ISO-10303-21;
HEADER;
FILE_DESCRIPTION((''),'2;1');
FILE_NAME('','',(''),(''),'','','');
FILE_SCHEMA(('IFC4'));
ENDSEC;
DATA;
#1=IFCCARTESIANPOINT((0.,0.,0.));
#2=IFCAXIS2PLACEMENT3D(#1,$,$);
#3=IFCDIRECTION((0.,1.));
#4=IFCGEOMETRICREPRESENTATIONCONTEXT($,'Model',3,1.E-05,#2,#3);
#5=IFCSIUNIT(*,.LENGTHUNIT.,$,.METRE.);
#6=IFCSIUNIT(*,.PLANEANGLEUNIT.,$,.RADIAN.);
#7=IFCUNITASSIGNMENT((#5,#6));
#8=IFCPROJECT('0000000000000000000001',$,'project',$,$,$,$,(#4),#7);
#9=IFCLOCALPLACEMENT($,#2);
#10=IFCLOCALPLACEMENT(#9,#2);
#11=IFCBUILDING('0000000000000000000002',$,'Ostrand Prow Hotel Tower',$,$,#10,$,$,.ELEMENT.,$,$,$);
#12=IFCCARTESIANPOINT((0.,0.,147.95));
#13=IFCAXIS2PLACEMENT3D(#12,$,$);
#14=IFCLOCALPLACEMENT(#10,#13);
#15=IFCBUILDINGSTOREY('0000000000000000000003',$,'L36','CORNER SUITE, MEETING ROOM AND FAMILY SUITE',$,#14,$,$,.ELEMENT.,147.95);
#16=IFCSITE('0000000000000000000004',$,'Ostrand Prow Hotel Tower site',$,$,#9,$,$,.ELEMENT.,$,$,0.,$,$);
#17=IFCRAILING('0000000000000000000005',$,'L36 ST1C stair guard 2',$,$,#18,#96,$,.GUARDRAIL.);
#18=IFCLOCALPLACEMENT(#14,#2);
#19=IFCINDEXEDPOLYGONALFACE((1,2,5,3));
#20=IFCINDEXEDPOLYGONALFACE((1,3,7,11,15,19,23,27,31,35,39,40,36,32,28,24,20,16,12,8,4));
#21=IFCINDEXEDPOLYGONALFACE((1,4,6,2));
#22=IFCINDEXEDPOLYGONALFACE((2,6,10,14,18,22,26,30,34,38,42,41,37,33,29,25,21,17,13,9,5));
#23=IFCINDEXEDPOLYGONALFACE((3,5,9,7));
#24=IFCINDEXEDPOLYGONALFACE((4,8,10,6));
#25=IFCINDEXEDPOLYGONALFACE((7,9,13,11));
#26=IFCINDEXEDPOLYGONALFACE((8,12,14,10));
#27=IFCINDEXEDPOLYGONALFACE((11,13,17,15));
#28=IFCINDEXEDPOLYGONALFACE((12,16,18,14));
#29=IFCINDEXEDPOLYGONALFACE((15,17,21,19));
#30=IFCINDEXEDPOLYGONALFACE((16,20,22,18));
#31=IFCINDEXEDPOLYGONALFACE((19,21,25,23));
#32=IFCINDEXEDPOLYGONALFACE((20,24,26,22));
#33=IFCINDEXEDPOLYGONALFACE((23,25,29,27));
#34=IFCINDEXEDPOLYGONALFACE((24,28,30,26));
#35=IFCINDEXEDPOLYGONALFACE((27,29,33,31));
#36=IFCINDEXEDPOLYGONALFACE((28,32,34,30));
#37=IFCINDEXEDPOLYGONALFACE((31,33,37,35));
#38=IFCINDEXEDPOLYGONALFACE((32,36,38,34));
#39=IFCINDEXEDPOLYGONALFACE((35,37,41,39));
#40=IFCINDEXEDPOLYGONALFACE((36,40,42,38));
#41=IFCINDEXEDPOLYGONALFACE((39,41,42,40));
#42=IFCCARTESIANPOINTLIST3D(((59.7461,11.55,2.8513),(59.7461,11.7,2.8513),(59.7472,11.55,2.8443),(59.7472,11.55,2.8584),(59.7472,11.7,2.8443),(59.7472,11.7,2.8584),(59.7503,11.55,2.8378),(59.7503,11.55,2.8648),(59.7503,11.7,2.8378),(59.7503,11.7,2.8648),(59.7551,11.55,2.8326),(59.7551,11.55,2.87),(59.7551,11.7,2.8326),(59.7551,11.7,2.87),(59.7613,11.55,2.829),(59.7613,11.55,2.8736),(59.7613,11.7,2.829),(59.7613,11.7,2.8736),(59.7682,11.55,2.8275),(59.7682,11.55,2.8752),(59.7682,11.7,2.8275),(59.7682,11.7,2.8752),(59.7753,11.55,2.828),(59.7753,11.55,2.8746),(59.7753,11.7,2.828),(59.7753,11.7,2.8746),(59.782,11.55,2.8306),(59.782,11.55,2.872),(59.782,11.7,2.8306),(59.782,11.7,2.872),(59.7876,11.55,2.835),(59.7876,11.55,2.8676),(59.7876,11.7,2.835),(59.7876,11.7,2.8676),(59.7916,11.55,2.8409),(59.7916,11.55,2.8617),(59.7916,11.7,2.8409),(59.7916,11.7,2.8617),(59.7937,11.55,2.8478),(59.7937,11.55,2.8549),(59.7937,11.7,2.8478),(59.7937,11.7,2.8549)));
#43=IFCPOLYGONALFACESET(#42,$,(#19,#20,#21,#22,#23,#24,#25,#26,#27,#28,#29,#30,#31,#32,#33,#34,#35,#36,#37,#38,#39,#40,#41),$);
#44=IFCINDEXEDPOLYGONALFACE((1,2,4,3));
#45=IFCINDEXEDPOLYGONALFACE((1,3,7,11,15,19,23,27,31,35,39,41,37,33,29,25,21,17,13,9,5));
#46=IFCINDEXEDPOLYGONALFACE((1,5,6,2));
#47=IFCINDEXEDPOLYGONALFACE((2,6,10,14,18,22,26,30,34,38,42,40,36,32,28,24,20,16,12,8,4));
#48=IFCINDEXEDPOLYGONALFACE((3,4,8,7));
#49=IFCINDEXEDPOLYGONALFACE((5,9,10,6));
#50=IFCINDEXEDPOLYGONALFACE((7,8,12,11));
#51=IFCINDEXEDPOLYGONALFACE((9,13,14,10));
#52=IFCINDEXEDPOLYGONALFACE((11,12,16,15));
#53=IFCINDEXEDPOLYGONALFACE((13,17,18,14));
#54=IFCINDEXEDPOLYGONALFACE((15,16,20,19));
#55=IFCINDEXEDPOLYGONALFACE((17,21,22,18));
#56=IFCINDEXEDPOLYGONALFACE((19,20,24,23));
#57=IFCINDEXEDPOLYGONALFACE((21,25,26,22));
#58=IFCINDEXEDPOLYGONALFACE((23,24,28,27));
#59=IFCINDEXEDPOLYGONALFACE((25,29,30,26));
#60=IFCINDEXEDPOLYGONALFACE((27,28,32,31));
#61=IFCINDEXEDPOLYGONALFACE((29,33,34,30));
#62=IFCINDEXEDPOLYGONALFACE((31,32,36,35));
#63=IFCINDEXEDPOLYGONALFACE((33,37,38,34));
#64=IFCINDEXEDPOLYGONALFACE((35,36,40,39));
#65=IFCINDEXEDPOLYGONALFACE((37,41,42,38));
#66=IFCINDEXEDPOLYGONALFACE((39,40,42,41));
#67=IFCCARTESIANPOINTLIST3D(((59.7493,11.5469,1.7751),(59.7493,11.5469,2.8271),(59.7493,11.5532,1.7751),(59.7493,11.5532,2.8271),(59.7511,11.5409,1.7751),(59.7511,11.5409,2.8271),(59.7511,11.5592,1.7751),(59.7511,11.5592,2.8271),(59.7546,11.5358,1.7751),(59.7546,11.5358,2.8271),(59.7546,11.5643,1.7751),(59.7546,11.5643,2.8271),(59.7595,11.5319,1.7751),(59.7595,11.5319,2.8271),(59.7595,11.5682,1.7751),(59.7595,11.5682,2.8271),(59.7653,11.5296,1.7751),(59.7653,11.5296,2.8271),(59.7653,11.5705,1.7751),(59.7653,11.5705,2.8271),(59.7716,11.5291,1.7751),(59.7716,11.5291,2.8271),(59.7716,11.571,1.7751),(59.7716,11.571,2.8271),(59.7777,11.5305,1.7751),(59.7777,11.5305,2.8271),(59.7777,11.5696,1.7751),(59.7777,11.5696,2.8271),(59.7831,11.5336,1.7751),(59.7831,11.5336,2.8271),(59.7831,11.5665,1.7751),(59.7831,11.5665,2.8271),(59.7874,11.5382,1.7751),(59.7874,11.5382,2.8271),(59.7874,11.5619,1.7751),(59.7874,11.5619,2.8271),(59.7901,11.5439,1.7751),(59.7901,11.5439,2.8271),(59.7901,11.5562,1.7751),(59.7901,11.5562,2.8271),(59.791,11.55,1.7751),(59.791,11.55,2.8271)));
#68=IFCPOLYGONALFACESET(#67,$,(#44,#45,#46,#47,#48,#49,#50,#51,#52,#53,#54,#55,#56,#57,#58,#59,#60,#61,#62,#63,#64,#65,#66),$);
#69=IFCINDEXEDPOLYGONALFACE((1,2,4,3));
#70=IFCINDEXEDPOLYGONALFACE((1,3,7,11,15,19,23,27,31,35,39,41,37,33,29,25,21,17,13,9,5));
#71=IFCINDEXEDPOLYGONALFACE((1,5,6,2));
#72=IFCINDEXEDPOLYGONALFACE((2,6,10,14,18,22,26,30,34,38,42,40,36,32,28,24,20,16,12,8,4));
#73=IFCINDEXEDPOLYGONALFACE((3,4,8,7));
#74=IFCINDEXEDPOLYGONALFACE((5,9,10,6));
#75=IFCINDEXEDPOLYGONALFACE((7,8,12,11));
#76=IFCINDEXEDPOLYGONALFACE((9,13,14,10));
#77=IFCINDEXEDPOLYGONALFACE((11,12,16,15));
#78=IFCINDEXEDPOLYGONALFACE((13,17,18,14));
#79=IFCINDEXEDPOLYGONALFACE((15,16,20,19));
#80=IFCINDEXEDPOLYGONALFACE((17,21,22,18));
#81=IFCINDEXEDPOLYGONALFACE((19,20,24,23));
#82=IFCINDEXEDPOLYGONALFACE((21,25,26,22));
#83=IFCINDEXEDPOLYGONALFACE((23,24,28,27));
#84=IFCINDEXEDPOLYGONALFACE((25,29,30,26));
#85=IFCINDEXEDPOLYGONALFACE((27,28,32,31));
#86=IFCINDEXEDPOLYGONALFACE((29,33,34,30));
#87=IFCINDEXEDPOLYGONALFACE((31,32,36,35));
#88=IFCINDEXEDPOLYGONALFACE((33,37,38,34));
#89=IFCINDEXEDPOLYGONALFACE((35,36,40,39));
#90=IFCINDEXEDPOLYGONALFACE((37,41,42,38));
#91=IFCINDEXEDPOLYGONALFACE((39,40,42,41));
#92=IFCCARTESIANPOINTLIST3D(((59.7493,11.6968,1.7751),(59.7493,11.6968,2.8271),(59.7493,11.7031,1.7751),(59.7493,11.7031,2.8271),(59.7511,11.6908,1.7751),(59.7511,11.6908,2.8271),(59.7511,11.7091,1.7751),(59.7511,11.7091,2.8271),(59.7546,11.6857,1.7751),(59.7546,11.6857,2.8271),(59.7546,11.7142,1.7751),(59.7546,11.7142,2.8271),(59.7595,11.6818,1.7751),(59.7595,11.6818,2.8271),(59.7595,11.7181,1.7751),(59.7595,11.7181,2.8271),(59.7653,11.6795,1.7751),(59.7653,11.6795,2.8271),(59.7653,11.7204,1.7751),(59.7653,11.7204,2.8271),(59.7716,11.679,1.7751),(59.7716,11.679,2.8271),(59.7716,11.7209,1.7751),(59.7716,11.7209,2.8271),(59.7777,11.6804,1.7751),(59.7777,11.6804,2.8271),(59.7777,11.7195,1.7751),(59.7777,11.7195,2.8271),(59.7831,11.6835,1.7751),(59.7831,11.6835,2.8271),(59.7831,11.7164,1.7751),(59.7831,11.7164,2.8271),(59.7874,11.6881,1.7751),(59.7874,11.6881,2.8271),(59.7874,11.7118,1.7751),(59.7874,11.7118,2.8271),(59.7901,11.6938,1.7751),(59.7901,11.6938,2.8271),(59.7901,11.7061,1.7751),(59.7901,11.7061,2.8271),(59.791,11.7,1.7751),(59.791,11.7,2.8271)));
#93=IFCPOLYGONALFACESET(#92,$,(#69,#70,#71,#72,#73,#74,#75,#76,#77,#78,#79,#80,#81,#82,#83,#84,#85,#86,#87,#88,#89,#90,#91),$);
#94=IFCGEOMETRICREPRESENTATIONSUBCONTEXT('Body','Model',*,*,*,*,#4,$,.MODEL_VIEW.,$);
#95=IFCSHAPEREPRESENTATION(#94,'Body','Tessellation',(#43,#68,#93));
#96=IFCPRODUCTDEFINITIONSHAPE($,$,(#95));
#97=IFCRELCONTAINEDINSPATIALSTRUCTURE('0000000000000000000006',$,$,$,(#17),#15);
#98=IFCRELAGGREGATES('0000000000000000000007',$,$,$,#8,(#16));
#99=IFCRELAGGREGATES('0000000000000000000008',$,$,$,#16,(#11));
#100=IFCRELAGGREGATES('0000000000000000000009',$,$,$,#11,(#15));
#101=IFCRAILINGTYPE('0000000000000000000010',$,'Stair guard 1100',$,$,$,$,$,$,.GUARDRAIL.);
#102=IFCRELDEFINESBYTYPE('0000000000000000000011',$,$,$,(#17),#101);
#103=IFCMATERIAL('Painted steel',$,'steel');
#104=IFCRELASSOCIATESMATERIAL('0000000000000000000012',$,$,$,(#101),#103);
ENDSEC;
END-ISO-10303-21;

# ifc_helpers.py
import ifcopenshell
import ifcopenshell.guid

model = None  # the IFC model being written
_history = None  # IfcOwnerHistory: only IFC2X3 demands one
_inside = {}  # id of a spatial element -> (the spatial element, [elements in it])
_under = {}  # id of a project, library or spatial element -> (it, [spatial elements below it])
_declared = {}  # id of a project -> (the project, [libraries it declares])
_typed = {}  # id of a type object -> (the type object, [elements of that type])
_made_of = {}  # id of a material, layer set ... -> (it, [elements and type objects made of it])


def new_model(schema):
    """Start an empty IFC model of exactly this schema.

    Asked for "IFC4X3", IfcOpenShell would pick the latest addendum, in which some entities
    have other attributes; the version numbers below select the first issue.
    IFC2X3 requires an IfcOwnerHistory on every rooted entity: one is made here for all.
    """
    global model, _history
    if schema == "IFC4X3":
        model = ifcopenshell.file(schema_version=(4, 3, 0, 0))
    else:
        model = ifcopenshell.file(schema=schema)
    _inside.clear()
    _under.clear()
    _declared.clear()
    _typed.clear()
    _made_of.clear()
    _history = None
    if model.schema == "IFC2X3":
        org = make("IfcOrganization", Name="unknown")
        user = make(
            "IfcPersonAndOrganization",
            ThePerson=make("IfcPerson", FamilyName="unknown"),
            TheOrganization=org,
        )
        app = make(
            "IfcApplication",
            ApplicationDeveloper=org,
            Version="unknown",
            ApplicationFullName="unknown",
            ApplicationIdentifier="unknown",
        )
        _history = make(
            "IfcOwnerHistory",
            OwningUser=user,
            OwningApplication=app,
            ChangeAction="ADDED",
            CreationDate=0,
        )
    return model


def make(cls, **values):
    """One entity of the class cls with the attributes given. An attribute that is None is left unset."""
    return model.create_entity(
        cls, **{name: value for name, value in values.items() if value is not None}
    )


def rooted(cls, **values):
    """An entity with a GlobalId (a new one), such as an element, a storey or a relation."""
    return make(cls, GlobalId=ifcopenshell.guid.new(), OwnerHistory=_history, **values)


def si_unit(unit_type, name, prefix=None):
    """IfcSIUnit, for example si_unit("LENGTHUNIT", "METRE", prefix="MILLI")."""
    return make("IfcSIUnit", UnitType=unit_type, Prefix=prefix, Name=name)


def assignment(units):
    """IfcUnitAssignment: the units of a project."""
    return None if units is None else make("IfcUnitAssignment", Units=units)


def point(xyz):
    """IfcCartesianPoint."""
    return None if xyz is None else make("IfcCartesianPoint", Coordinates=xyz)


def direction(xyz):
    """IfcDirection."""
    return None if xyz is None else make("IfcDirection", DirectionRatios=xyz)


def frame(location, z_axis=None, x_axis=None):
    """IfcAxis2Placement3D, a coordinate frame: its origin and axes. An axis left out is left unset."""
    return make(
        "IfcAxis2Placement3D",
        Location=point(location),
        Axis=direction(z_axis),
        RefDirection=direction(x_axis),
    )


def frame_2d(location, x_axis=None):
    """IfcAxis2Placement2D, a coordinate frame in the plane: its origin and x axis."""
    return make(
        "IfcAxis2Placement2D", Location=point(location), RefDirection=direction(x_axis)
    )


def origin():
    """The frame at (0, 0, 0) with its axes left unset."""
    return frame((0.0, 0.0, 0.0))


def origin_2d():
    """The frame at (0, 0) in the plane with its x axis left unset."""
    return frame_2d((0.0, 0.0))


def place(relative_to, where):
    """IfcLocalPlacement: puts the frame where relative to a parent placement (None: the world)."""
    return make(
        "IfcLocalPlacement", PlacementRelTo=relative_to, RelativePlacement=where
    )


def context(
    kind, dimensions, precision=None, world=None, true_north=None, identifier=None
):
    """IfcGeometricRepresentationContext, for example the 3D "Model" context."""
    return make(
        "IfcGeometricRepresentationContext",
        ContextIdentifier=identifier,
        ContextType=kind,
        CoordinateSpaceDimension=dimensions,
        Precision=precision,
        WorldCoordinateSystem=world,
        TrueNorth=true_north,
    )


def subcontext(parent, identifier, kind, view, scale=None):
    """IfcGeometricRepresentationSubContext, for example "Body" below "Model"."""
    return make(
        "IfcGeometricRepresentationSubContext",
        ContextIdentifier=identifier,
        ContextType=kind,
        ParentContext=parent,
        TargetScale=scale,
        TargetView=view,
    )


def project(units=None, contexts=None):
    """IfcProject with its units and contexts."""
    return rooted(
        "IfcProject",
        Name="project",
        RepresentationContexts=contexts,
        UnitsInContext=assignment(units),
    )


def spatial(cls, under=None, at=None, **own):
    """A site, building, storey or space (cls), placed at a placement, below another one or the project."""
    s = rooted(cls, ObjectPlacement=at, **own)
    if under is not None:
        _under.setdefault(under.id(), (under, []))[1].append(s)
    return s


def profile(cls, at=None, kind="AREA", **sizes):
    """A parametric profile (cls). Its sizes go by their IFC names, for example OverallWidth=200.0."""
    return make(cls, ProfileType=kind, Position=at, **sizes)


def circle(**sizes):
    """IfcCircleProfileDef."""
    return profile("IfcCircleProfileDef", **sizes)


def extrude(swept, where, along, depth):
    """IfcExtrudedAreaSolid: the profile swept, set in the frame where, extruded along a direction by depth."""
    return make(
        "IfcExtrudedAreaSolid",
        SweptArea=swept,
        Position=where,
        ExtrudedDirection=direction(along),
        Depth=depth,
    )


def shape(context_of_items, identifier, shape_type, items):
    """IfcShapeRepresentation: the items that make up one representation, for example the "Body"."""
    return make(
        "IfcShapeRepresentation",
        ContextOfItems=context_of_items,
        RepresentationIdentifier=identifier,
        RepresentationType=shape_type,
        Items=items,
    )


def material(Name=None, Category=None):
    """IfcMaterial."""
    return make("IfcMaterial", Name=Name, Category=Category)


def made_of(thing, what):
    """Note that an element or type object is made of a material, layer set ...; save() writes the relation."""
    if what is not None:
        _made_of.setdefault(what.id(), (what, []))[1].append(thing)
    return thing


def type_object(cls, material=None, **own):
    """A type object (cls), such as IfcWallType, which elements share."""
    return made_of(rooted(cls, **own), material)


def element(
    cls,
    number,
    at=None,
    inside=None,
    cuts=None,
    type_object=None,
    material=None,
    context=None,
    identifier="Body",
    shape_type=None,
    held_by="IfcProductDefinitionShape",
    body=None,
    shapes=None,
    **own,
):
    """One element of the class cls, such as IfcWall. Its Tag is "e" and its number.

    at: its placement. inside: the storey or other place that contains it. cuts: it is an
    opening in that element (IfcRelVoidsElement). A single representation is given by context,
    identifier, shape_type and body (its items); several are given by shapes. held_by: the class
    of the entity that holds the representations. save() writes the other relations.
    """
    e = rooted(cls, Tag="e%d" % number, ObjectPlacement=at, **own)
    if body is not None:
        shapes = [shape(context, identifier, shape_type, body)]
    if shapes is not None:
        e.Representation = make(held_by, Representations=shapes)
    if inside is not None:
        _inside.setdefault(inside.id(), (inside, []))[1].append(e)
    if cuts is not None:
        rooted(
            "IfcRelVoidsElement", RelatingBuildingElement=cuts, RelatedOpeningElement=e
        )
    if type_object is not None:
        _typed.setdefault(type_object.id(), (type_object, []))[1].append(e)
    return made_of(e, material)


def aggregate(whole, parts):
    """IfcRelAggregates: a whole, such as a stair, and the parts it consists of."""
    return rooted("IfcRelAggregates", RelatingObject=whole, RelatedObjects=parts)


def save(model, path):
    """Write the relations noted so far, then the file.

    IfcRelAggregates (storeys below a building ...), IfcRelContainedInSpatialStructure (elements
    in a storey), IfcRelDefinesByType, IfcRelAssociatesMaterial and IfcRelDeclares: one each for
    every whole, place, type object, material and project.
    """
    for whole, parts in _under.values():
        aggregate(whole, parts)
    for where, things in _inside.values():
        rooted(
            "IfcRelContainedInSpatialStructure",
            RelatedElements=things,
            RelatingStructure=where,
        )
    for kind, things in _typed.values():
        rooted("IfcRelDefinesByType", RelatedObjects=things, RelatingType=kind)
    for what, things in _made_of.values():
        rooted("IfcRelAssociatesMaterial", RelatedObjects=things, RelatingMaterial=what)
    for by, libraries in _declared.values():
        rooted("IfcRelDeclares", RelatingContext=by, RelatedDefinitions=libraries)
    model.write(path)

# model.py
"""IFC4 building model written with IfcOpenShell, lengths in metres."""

from ifc_helpers import new_model, si_unit, direction, frame, origin, origin_2d, place, context, subcontext, project, spatial, circle, extrude, material, type_object, element, save


model = new_model("IFC4")

# Units and contexts
model_context = context("Model", 3, precision=1e-05, world=origin(), true_north=direction((0.0, 1.0)))
body_context = subcontext(model_context, "Body", "Model", "MODEL_VIEW")
ifc_project = project(units=[si_unit("LENGTHUNIT", "METRE"), si_unit("PLANEANGLEUNIT", "RADIAN")], contexts=[model_context])

# Site, building, storey
site_placement = place(None, origin())
site = spatial("IfcSite", under=ifc_project, at=site_placement, Name="Ostrand Prow Hotel Tower site", CompositionType="ELEMENT", RefElevation=0.0)
building_placement = place(site_placement, origin())
building = spatial("IfcBuilding", under=site, at=building_placement, Name="Ostrand Prow Hotel Tower", CompositionType="ELEMENT")
storey_placement = place(building_placement, frame((0.0, 0.0, 147.95)))
storey = spatial("IfcBuildingStorey", under=building, at=storey_placement, Name="L36", Description="CORNER SUITE, MEETING ROOM AND FAMILY SUITE", CompositionType="ELEMENT", Elevation=147.95)

# Railing
ifc_material_1 = material(Name="Painted steel", Category="steel")
railing_type_1 = type_object("IfcRailingType", Name="Stair guard 1100", PredefinedType="GUARDRAIL", material=ifc_material_1)
railing_1_placement = place(storey_placement, frame((59.77, 11.55, 1.7751)))
element("IfcRailing", 1, at=railing_1_placement, inside=storey, type_object=railing_type_1, Name="L36 ST1C stair guard 2", PredefinedType="GUARDRAIL", context=body_context, shape_type="SweptSolid", body=[
    extrude(circle(Radius=0.0239, at=origin_2d()), frame((0.0, 0.0, 1.0762), z_axis=(0.0, 1.0, 0.0), x_axis=(-1.0, 0.0, 0.0)), (0.0, 0.0, 1.0), 0.1499),
    extrude(circle(Radius=0.021, at=origin_2d()), origin(), (0.0, 0.0, 1.0), 1.052),
    extrude(circle(Radius=0.021, at=origin_2d()), frame((0.0, 0.1499, 0.0)), (0.0, 0.0, 1.0), 1.052),
])

save(model, "model.ifc")
